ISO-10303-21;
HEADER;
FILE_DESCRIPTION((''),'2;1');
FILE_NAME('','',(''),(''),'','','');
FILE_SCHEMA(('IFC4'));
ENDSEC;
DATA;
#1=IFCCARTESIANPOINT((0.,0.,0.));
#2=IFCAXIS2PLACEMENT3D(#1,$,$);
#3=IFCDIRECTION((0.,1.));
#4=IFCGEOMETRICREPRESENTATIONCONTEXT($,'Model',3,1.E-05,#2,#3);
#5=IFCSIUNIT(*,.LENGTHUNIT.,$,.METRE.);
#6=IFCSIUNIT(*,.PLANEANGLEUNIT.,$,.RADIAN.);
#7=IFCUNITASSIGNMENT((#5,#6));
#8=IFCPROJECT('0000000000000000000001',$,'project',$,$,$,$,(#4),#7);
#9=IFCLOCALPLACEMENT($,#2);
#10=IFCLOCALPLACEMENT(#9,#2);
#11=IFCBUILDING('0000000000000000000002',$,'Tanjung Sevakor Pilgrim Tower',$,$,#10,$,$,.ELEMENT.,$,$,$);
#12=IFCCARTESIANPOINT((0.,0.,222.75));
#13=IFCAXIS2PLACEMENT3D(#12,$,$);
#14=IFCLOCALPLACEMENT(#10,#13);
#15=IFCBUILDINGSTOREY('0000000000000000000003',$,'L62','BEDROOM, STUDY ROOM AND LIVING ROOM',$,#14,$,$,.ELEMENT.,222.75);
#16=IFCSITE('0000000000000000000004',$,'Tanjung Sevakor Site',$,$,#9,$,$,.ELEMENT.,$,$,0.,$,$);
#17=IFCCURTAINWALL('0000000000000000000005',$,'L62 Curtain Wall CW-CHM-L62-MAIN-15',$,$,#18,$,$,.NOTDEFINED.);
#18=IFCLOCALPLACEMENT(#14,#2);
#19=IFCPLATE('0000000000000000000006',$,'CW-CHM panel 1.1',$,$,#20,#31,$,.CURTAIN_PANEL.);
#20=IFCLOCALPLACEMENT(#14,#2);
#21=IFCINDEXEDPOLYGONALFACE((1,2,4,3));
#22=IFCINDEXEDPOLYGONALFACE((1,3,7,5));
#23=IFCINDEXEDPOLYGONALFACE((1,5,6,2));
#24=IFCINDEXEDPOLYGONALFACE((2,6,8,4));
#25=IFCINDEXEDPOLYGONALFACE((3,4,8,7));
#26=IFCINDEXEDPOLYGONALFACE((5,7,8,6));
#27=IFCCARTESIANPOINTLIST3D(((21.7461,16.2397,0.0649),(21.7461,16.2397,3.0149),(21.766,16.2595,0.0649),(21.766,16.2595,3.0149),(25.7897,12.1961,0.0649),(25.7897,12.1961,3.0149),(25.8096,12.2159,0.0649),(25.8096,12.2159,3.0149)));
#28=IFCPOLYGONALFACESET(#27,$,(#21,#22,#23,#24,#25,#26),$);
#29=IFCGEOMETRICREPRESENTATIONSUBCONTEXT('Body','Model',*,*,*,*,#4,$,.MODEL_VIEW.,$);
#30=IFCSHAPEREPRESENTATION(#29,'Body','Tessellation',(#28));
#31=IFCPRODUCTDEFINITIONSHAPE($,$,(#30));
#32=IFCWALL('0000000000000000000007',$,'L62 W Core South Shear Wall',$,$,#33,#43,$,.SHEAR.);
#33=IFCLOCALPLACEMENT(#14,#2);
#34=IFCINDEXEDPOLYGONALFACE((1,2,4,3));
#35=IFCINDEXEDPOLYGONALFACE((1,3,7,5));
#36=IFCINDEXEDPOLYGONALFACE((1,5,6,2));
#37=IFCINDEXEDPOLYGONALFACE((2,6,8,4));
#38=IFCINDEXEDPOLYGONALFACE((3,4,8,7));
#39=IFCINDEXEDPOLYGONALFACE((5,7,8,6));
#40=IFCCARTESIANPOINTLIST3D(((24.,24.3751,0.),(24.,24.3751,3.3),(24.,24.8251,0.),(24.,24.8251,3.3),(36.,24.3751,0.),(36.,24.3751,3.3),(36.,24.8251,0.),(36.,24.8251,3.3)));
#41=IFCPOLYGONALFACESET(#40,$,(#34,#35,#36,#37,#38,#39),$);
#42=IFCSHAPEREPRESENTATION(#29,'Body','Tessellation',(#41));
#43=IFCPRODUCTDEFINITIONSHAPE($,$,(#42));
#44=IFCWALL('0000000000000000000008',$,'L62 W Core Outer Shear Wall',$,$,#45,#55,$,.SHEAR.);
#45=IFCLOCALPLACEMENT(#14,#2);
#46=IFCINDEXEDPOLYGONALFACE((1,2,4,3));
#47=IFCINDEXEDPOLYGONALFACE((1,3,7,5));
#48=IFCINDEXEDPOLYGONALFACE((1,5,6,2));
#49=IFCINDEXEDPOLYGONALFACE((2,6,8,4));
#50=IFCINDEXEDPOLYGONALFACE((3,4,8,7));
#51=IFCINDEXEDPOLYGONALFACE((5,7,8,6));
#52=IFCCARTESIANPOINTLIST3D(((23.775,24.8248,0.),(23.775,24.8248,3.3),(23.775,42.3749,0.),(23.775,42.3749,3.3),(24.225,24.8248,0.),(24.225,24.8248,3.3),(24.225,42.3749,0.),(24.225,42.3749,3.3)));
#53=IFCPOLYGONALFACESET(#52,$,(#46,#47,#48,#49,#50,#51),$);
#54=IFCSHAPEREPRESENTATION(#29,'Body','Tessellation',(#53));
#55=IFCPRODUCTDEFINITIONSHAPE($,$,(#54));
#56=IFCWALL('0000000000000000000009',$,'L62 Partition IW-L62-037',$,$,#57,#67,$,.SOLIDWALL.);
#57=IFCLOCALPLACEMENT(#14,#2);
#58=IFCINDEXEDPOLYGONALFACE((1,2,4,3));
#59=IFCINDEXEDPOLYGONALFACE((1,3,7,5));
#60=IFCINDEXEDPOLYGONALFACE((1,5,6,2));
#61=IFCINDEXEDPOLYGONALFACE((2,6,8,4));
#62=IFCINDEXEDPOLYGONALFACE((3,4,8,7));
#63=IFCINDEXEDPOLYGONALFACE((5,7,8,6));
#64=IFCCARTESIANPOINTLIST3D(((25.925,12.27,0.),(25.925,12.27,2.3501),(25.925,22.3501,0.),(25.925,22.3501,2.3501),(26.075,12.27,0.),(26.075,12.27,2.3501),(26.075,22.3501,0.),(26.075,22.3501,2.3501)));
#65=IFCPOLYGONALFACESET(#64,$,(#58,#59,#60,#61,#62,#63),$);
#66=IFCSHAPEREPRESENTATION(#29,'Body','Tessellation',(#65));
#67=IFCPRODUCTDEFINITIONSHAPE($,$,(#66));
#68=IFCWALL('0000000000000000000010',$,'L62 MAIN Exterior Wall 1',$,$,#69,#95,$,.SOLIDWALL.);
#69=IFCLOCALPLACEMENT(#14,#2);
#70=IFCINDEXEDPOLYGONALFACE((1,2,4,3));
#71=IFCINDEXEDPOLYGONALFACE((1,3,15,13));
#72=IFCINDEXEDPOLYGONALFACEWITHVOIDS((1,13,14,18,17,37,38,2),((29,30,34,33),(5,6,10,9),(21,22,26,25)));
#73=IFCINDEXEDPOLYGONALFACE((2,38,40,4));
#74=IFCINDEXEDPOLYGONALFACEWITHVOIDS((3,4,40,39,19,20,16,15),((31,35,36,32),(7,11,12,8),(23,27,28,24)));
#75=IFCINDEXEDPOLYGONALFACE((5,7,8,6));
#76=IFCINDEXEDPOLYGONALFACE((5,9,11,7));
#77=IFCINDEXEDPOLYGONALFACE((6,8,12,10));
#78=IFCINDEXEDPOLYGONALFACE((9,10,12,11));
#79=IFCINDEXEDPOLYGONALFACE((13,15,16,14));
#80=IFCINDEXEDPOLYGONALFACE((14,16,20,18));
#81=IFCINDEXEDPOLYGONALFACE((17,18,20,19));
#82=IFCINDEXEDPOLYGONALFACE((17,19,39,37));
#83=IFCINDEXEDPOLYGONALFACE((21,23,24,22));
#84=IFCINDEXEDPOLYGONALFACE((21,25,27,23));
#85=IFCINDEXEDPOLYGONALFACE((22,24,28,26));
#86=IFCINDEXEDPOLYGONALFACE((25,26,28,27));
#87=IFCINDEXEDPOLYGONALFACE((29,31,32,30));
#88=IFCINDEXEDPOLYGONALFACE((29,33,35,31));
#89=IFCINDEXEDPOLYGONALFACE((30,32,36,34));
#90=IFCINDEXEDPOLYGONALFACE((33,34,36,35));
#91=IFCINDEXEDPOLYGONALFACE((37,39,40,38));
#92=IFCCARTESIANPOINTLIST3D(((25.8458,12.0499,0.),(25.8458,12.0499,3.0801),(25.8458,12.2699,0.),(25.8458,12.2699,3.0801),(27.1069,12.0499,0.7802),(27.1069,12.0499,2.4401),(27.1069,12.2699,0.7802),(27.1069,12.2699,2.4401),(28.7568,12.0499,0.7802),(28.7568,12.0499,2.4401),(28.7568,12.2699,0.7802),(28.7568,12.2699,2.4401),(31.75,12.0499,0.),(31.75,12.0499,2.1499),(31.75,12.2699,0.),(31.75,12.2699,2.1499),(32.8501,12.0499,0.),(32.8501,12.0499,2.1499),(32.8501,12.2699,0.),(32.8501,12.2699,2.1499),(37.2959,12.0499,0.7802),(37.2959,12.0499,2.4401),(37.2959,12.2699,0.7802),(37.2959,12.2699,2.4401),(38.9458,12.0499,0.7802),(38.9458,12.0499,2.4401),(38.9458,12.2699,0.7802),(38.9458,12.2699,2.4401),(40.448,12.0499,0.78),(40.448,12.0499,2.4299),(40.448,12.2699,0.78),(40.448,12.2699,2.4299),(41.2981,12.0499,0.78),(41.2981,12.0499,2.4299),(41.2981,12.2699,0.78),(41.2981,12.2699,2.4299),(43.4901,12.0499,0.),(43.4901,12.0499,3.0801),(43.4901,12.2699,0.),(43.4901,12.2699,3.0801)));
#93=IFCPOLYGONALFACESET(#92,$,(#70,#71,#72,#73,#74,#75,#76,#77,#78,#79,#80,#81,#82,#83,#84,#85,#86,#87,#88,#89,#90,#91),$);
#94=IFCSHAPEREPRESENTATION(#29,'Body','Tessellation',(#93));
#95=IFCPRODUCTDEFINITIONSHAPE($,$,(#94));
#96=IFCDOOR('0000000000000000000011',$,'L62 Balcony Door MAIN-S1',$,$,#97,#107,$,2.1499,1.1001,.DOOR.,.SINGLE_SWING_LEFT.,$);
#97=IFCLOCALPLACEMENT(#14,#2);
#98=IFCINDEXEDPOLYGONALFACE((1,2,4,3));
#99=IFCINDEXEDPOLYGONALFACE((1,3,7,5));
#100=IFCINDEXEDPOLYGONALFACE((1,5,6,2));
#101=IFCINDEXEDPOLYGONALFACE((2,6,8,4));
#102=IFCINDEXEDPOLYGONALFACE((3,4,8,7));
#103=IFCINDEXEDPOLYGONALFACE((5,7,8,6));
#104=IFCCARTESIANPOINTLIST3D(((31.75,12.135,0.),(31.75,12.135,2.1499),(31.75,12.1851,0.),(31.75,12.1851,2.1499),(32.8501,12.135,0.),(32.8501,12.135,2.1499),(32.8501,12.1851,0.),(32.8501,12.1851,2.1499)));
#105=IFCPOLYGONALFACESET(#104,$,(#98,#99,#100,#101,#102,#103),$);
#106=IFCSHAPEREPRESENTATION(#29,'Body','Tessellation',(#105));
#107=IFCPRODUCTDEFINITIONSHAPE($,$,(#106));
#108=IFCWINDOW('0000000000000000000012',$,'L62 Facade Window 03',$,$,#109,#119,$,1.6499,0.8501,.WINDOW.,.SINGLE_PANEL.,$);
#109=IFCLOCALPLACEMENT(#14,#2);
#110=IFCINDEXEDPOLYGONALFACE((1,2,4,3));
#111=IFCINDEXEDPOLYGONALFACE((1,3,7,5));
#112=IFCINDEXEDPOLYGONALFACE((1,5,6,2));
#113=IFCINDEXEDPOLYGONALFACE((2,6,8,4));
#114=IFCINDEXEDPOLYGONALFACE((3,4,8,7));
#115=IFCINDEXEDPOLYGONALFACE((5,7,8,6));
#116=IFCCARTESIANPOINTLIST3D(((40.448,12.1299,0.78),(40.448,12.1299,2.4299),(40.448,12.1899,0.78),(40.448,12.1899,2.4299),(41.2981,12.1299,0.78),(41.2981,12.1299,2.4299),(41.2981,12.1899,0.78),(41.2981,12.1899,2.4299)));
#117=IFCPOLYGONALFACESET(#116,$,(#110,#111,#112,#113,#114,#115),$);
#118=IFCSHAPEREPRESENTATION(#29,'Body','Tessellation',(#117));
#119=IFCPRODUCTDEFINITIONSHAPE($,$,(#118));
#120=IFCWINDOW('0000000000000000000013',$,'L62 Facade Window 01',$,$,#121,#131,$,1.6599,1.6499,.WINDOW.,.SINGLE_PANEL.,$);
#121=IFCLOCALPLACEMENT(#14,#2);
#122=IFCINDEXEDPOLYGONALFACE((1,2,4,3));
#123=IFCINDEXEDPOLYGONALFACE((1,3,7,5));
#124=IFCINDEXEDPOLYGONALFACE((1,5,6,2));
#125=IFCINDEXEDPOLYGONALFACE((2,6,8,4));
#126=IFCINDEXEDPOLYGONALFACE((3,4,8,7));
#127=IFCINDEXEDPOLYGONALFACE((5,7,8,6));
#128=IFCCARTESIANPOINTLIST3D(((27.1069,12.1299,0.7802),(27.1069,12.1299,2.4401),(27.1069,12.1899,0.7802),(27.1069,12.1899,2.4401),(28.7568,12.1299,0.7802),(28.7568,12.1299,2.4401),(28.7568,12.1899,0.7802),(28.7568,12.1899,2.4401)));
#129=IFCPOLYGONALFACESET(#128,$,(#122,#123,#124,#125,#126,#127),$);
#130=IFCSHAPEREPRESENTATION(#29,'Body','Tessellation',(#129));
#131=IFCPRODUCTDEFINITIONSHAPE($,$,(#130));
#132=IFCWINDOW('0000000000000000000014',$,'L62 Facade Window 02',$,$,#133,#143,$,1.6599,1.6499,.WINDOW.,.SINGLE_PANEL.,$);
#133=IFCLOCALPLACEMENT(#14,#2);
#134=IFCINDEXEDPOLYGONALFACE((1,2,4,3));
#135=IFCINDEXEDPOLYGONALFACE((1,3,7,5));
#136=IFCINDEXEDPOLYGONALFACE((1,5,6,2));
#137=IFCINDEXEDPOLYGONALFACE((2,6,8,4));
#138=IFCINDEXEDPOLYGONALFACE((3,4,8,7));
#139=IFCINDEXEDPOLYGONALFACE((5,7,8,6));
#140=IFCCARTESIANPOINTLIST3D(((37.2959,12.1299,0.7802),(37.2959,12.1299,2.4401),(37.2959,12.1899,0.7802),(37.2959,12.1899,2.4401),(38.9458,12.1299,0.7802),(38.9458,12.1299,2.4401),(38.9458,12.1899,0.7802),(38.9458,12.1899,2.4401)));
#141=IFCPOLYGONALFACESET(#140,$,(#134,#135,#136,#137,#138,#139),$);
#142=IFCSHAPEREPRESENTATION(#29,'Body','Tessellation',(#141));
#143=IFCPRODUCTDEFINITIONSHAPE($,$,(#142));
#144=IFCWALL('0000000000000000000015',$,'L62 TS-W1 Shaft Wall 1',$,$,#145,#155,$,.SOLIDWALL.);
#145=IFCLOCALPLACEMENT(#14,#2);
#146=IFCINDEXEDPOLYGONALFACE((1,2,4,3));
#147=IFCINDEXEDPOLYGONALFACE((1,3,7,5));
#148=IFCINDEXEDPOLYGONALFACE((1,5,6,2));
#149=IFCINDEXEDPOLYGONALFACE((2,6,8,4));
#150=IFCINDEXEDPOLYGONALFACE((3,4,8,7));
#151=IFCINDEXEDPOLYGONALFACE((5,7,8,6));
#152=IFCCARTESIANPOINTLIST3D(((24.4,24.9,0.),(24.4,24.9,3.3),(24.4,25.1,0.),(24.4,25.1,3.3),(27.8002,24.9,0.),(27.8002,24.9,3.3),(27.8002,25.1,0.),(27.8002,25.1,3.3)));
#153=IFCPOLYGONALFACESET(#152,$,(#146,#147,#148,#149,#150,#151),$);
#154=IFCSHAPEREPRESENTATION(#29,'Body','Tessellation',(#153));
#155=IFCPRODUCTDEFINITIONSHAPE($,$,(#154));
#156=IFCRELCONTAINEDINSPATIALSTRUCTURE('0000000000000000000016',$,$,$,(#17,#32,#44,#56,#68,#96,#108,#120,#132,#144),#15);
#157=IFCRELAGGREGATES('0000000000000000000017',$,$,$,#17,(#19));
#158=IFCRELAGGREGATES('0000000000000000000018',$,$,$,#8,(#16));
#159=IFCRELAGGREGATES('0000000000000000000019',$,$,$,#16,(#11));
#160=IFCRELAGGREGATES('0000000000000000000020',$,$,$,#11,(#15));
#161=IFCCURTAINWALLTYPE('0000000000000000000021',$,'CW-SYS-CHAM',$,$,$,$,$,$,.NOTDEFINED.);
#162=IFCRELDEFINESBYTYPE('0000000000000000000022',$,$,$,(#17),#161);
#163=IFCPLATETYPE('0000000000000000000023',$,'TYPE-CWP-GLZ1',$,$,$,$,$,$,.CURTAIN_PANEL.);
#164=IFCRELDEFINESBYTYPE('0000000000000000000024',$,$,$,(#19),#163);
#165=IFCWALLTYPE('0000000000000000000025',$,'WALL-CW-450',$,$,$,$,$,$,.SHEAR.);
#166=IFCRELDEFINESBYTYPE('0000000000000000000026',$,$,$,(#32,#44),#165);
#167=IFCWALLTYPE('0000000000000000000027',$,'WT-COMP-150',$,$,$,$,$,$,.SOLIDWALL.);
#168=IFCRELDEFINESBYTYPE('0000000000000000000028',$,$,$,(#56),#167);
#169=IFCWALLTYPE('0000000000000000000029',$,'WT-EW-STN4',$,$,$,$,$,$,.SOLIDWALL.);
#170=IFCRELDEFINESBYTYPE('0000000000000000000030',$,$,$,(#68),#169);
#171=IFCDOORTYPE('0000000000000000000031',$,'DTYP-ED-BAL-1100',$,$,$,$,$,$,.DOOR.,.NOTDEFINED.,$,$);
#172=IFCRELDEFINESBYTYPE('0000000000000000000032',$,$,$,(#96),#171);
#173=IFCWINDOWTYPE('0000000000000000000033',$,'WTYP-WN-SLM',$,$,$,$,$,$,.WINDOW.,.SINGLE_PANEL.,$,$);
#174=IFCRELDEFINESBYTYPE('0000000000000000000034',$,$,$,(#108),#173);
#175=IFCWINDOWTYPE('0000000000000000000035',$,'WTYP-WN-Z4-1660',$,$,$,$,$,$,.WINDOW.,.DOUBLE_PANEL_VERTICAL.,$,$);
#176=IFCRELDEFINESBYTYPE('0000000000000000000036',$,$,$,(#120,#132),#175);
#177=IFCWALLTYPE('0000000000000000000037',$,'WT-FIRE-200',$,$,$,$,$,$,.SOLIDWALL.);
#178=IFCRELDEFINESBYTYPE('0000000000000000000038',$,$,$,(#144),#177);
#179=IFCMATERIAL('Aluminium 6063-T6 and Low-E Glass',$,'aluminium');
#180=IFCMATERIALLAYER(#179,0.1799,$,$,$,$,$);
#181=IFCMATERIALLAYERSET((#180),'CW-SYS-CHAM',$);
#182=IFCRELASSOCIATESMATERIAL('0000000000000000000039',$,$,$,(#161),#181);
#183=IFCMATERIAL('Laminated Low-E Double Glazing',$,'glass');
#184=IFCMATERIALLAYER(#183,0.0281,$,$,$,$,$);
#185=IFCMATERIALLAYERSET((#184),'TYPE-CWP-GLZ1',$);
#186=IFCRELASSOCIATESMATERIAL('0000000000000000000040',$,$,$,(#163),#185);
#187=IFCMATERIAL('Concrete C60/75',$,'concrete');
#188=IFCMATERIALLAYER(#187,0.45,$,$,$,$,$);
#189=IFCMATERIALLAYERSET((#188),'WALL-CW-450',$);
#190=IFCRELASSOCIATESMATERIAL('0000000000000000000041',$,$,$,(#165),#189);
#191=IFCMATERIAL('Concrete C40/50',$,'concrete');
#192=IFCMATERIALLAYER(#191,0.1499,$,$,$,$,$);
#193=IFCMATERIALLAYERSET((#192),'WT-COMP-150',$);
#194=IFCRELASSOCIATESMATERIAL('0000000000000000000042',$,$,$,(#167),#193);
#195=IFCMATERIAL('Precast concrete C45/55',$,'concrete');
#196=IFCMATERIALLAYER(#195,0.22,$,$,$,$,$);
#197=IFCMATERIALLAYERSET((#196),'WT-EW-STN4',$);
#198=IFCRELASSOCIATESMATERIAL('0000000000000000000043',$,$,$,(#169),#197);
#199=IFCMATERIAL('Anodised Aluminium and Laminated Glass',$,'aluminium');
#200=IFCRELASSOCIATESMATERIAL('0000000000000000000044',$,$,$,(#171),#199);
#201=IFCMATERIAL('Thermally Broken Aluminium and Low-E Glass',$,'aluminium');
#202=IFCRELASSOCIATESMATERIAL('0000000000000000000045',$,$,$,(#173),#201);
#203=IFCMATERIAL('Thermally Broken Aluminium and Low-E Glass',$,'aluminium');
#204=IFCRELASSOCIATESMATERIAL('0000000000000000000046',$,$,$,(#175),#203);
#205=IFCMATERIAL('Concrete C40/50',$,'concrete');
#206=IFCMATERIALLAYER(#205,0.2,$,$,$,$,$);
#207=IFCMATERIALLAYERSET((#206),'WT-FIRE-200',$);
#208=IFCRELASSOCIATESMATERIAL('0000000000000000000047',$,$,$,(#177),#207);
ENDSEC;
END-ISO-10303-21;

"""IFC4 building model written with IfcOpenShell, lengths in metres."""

from ifc_helpers import new_model, si_unit, direction, frame, frame_2d, origin, origin_2d, place, context, subcontext, project, spatial, rectangle, extrude, material, layer, layer_set, type_object, element, fill, aggregate, save


model = new_model("IFC4")

# Units and contexts
model_context = context("Model", 3, precision=1e-05, world=origin(), true_north=direction((0.0, 1.0)))
body_context = subcontext(model_context, "Body", "Model", "MODEL_VIEW")
ifc_project = project(units=[si_unit("LENGTHUNIT", "METRE"), si_unit("PLANEANGLEUNIT", "RADIAN")], contexts=[model_context])

# Site, building, storey
site_placement = place(None, origin())
site = spatial("IfcSite", under=ifc_project, at=site_placement, Name="Tanjung Sevakor Site", CompositionType="ELEMENT", RefElevation=0.0)
building_placement = place(site_placement, origin())
building = spatial("IfcBuilding", under=site, at=building_placement, Name="Tanjung Sevakor Pilgrim Tower", CompositionType="ELEMENT")
storey_placement = place(building_placement, frame((0.0, 0.0, 222.75)))
storey = spatial("IfcBuildingStorey", under=building, at=storey_placement, Name="L62", Description="BEDROOM, STUDY ROOM AND LIVING ROOM", CompositionType="ELEMENT", Elevation=222.75)

# Curtain wall, plate
ifc_material_1 = material(Name="Aluminium 6063-T6 and Low-E Glass", Category="aluminium")
ifc_layer_1 = layer(ifc_material_1, 0.1799)
ifc_layer_set_1 = layer_set([ifc_layer_1], Name="CW-SYS-CHAM")
curtain_wall_type = type_object("IfcCurtainWallType", Name="CW-SYS-CHAM", PredefinedType="NOTDEFINED", material=ifc_layer_set_1)
curtain_wall_placement = place(storey_placement, origin())
curtain_wall = element("IfcCurtainWall", 1, at=curtain_wall_placement, inside=storey, type_object=curtain_wall_type, Name="L62 Curtain Wall CW-CHM-L62-MAIN-15", PredefinedType="NOTDEFINED")
ifc_material_2 = material(Name="Laminated Low-E Double Glazing", Category="glass")
ifc_layer_2 = layer(ifc_material_2, 0.0281)
ifc_layer_set_2 = layer_set([ifc_layer_2], Name="TYPE-CWP-GLZ1")
plate_type = type_object("IfcPlateType", Name="TYPE-CWP-GLZ1", PredefinedType="CURTAIN_PANEL", material=ifc_layer_set_2)
plate_placement = place(storey_placement, frame((23.7778, 14.2278, 0.0649), z_axis=(0.0, 0.0, 1.0), x_axis=(0.707107, -0.707107, 0.0)))
plate = element("IfcPlate", 2, at=plate_placement, type_object=plate_type, Name="CW-CHM panel 1.1", PredefinedType="CURTAIN_PANEL", context=body_context, shape_type="SweptSolid", body=[
    extrude(rectangle(XDim=5.7185, YDim=0.0281, at=origin_2d()), origin(), (0.0, 0.0, 1.0), 2.95),
])
aggregate(curtain_wall, [plate])

# Walls
ifc_material_3 = material(Name="Concrete C60/75", Category="concrete")
ifc_layer_3 = layer(ifc_material_3, 0.45)
ifc_layer_set_3 = layer_set([ifc_layer_3], Name="WALL-CW-450")
wall_type_1 = type_object("IfcWallType", Name="WALL-CW-450", PredefinedType="SHEAR", material=ifc_layer_set_3)
wall_1_placement = place(storey_placement, frame((24.0, 24.6001, 0.0), z_axis=(0.0, 0.0, 1.0), x_axis=(1.0, 0.0, 0.0)))
element("IfcWall", 3, at=wall_1_placement, inside=storey, type_object=wall_type_1, Name="L62 W Core South Shear Wall", PredefinedType="SHEAR", context=body_context, shape_type="SweptSolid", body=[
    extrude(rectangle(XDim=12.0, YDim=0.45, at=frame_2d((6.0, 0.0))), origin(), (0.0, 0.0, 1.0), 3.3),
])
wall_2_placement = place(storey_placement, frame((24.0, 24.825, 0.0), z_axis=(0.0, 0.0, 1.0), x_axis=(0.0, 1.0, 0.0)))
element("IfcWall", 4, at=wall_2_placement, inside=storey, type_object=wall_type_1, Name="L62 W Core Outer Shear Wall", PredefinedType="SHEAR", context=body_context, shape_type="SweptSolid", body=[
    extrude(rectangle(XDim=17.55, YDim=0.45, at=frame_2d((8.7749, 0.0))), origin(), (0.0, 0.0, 1.0), 3.3),
])

# Wall
ifc_material_4 = material(Name="Concrete C40/50", Category="concrete")
ifc_layer_4 = layer(ifc_material_4, 0.1499)
ifc_layer_set_4 = layer_set([ifc_layer_4], Name="WT-COMP-150")
wall_type_2 = type_object("IfcWallType", Name="WT-COMP-150", PredefinedType="SOLIDWALL", material=ifc_layer_set_4)
wall_3_placement = place(storey_placement, frame((26.0, 12.27, 0.0), z_axis=(0.0, 0.0, 1.0), x_axis=(0.0, 1.0, 0.0)))
element("IfcWall", 5, at=wall_3_placement, inside=storey, type_object=wall_type_2, Name="L62 Partition IW-L62-037", PredefinedType="SOLIDWALL", context=body_context, shape_type="SweptSolid", body=[
    extrude(rectangle(XDim=10.0801, YDim=0.1499, at=frame_2d((5.04, 0.0))), origin(), (0.0, 0.0, 1.0), 2.3501),
])

# Wall, openings, door, windows
ifc_material_5 = material(Name="Precast concrete C45/55", Category="concrete")
ifc_layer_5 = layer(ifc_material_5, 0.22)
ifc_layer_set_5 = layer_set([ifc_layer_5], Name="WT-EW-STN4")
wall_type_3 = type_object("IfcWallType", Name="WT-EW-STN4", PredefinedType="SOLIDWALL", material=ifc_layer_set_5)
wall_4_placement = place(storey_placement, frame((25.8457, 12.1599, 0.0), z_axis=(0.0, 0.0, 1.0), x_axis=(1.0, 0.0, 0.0)))
wall_4 = element("IfcWall", 6, at=wall_4_placement, inside=storey, type_object=wall_type_3, Name="L62 MAIN Exterior Wall 1", PredefinedType="SOLIDWALL", context=body_context, shape_type="SweptSolid", body=[
    extrude(rectangle(XDim=17.6443, YDim=0.22, at=frame_2d((8.8223, 0.0))), origin(), (0.0, 0.0, 1.0), 3.0801),
])
opening_1_placement = place(wall_4_placement, frame((5.9043, 0.0, 0.0)))
opening_1 = element("IfcOpeningElement", 7, at=opening_1_placement, cuts=wall_4, PredefinedType="OPENING", context=body_context, shape_type="SweptSolid", body=[
    extrude(rectangle(XDim=1.1001, YDim=2.1499, at=frame_2d((0.55, 1.075))), frame((0.0, 0.1199, 0.0), z_axis=(0.0, -1.0, 0.0), x_axis=(1.0, 0.0, 0.0)), (0.0, 0.0, 1.0), 0.24),
])
opening_2_placement = place(wall_4_placement, frame((1.2612, 0.0, 0.78)))
opening_2 = element("IfcOpeningElement", 8, at=opening_2_placement, cuts=wall_4, PredefinedType="OPENING", context=body_context, shape_type="SweptSolid", body=[
    extrude(rectangle(XDim=1.6499, YDim=1.6599, at=frame_2d((0.825, 0.8301))), frame((0.0, 0.1199, 0.0), z_axis=(0.0, -1.0, 0.0), x_axis=(1.0, 0.0, 0.0)), (0.0, 0.0, 1.0), 0.24),
])
opening_3_placement = place(wall_4_placement, frame((11.4502, 0.0, 0.78)))
opening_3 = element("IfcOpeningElement", 9, at=opening_3_placement, cuts=wall_4, PredefinedType="OPENING", context=body_context, shape_type="SweptSolid", body=[
    extrude(rectangle(XDim=1.6499, YDim=1.6599, at=frame_2d((0.825, 0.8301))), frame((0.0, 0.1199, 0.0), z_axis=(0.0, -1.0, 0.0), x_axis=(1.0, 0.0, 0.0)), (0.0, 0.0, 1.0), 0.24),
])
opening_4_placement = place(wall_4_placement, frame((14.6023, 0.0, 0.78)))
opening_4 = element("IfcOpeningElement", 10, at=opening_4_placement, cuts=wall_4, PredefinedType="OPENING", context=body_context, shape_type="SweptSolid", body=[
    extrude(rectangle(XDim=0.8501, YDim=1.6499, at=frame_2d((0.425, 0.825))), frame((0.0, 0.1199, 0.0), z_axis=(0.0, -1.0, 0.0), x_axis=(1.0, 0.0, 0.0)), (0.0, 0.0, 1.0), 0.24),
])
ifc_material_6 = material(Name="Anodised Aluminium and Laminated Glass", Category="aluminium")
door_type_1 = type_object("IfcDoorType", Name="DTYP-ED-BAL-1100", OperationType="NOTDEFINED", PredefinedType="DOOR", material=ifc_material_6)
door_1_placement = place(opening_1_placement, frame((1.1001, 0.0, 0.0), z_axis=(0.0, 0.0, 1.0), x_axis=(-1.0, 0.0, 0.0)))
door_1 = element("IfcDoor", 11, at=door_1_placement, inside=storey, type_object=door_type_1, Name="L62 Balcony Door MAIN-S1", OperationType="SINGLE_SWING_LEFT", OverallHeight=2.1499, OverallWidth=1.1001, PredefinedType="DOOR", context=body_context, shape_type="SweptSolid", body=[
    extrude(rectangle(XDim=1.1001, YDim=2.1499, at=frame_2d((0.55, 1.075))), frame((0.0, 0.0249, 0.0), z_axis=(0.0, -1.0, 0.0), x_axis=(1.0, 0.0, 0.0)), (0.0, 0.0, 1.0), 0.05),
])
fill(opening_1, door_1)
ifc_material_7 = material(Name="Thermally Broken Aluminium and Low-E Glass", Category="aluminium")
window_type_1 = type_object("IfcWindowType", Name="WTYP-WN-SLM", PartitioningType="SINGLE_PANEL", PredefinedType="WINDOW", material=ifc_material_7)
window_1_placement = place(opening_4_placement, origin())
window_1 = element("IfcWindow", 12, at=window_1_placement, inside=storey, type_object=window_type_1, Name="L62 Facade Window 03", OverallHeight=1.6499, OverallWidth=0.8501, PartitioningType="SINGLE_PANEL", PredefinedType="WINDOW", context=body_context, shape_type="SweptSolid", body=[
    extrude(rectangle(XDim=0.8501, YDim=1.6499, at=frame_2d((0.425, 0.825))), frame((0.0, 0.03, 0.0), z_axis=(0.0, -1.0, 0.0), x_axis=(1.0, 0.0, 0.0)), (0.0, 0.0, 1.0), 0.0601),
])
fill(opening_4, window_1)
ifc_material_8 = material(Name="Thermally Broken Aluminium and Low-E Glass", Category="aluminium")
window_type_2 = type_object("IfcWindowType", Name="WTYP-WN-Z4-1660", PartitioningType="DOUBLE_PANEL_VERTICAL", PredefinedType="WINDOW", material=ifc_material_8)
window_2_placement = place(opening_2_placement, origin())
window_2 = element("IfcWindow", 13, at=window_2_placement, inside=storey, type_object=window_type_2, Name="L62 Facade Window 01", OverallHeight=1.6599, OverallWidth=1.6499, PartitioningType="SINGLE_PANEL", PredefinedType="WINDOW", context=body_context, shape_type="SweptSolid", body=[
    extrude(rectangle(XDim=1.6499, YDim=1.6599, at=frame_2d((0.825, 0.8301))), frame((0.0, 0.03, 0.0), z_axis=(0.0, -1.0, 0.0), x_axis=(1.0, 0.0, 0.0)), (0.0, 0.0, 1.0), 0.0601),
])
fill(opening_2, window_2)
window_3_placement = place(opening_3_placement, origin())
window_3 = element("IfcWindow", 14, at=window_3_placement, inside=storey, type_object=window_type_2, Name="L62 Facade Window 02", OverallHeight=1.6599, OverallWidth=1.6499, PartitioningType="SINGLE_PANEL", PredefinedType="WINDOW", context=body_context, shape_type="SweptSolid", body=[
    extrude(rectangle(XDim=1.6499, YDim=1.6599, at=frame_2d((0.825, 0.8301))), frame((0.0, 0.03, 0.0), z_axis=(0.0, -1.0, 0.0), x_axis=(1.0, 0.0, 0.0)), (0.0, 0.0, 1.0), 0.0601),
])
fill(opening_3, window_3)

# Wall
ifc_material_9 = material(Name="Concrete C40/50", Category="concrete")
ifc_layer_6 = layer(ifc_material_9, 0.2)
ifc_layer_set_6 = layer_set([ifc_layer_6], Name="WT-FIRE-200")
wall_type_4 = type_object("IfcWallType", Name="WT-FIRE-200", PredefinedType="SOLIDWALL", material=ifc_layer_set_6)
wall_5_placement = place(storey_placement, frame((24.3999, 25.0, 0.0), z_axis=(0.0, 0.0, 1.0), x_axis=(1.0, 0.0, 0.0)))
element("IfcWall", 15, at=wall_5_placement, inside=storey, type_object=wall_type_4, Name="L62 TS-W1 Shaft Wall 1", PredefinedType="SOLIDWALL", context=body_context, shape_type="SweptSolid", body=[
    extrude(rectangle(XDim=3.4001, YDim=0.2, at=frame_2d((1.7002, 0.0))), origin(), (0.0, 0.0, 1.0), 3.3),
])

save(model, "model.ifc")
